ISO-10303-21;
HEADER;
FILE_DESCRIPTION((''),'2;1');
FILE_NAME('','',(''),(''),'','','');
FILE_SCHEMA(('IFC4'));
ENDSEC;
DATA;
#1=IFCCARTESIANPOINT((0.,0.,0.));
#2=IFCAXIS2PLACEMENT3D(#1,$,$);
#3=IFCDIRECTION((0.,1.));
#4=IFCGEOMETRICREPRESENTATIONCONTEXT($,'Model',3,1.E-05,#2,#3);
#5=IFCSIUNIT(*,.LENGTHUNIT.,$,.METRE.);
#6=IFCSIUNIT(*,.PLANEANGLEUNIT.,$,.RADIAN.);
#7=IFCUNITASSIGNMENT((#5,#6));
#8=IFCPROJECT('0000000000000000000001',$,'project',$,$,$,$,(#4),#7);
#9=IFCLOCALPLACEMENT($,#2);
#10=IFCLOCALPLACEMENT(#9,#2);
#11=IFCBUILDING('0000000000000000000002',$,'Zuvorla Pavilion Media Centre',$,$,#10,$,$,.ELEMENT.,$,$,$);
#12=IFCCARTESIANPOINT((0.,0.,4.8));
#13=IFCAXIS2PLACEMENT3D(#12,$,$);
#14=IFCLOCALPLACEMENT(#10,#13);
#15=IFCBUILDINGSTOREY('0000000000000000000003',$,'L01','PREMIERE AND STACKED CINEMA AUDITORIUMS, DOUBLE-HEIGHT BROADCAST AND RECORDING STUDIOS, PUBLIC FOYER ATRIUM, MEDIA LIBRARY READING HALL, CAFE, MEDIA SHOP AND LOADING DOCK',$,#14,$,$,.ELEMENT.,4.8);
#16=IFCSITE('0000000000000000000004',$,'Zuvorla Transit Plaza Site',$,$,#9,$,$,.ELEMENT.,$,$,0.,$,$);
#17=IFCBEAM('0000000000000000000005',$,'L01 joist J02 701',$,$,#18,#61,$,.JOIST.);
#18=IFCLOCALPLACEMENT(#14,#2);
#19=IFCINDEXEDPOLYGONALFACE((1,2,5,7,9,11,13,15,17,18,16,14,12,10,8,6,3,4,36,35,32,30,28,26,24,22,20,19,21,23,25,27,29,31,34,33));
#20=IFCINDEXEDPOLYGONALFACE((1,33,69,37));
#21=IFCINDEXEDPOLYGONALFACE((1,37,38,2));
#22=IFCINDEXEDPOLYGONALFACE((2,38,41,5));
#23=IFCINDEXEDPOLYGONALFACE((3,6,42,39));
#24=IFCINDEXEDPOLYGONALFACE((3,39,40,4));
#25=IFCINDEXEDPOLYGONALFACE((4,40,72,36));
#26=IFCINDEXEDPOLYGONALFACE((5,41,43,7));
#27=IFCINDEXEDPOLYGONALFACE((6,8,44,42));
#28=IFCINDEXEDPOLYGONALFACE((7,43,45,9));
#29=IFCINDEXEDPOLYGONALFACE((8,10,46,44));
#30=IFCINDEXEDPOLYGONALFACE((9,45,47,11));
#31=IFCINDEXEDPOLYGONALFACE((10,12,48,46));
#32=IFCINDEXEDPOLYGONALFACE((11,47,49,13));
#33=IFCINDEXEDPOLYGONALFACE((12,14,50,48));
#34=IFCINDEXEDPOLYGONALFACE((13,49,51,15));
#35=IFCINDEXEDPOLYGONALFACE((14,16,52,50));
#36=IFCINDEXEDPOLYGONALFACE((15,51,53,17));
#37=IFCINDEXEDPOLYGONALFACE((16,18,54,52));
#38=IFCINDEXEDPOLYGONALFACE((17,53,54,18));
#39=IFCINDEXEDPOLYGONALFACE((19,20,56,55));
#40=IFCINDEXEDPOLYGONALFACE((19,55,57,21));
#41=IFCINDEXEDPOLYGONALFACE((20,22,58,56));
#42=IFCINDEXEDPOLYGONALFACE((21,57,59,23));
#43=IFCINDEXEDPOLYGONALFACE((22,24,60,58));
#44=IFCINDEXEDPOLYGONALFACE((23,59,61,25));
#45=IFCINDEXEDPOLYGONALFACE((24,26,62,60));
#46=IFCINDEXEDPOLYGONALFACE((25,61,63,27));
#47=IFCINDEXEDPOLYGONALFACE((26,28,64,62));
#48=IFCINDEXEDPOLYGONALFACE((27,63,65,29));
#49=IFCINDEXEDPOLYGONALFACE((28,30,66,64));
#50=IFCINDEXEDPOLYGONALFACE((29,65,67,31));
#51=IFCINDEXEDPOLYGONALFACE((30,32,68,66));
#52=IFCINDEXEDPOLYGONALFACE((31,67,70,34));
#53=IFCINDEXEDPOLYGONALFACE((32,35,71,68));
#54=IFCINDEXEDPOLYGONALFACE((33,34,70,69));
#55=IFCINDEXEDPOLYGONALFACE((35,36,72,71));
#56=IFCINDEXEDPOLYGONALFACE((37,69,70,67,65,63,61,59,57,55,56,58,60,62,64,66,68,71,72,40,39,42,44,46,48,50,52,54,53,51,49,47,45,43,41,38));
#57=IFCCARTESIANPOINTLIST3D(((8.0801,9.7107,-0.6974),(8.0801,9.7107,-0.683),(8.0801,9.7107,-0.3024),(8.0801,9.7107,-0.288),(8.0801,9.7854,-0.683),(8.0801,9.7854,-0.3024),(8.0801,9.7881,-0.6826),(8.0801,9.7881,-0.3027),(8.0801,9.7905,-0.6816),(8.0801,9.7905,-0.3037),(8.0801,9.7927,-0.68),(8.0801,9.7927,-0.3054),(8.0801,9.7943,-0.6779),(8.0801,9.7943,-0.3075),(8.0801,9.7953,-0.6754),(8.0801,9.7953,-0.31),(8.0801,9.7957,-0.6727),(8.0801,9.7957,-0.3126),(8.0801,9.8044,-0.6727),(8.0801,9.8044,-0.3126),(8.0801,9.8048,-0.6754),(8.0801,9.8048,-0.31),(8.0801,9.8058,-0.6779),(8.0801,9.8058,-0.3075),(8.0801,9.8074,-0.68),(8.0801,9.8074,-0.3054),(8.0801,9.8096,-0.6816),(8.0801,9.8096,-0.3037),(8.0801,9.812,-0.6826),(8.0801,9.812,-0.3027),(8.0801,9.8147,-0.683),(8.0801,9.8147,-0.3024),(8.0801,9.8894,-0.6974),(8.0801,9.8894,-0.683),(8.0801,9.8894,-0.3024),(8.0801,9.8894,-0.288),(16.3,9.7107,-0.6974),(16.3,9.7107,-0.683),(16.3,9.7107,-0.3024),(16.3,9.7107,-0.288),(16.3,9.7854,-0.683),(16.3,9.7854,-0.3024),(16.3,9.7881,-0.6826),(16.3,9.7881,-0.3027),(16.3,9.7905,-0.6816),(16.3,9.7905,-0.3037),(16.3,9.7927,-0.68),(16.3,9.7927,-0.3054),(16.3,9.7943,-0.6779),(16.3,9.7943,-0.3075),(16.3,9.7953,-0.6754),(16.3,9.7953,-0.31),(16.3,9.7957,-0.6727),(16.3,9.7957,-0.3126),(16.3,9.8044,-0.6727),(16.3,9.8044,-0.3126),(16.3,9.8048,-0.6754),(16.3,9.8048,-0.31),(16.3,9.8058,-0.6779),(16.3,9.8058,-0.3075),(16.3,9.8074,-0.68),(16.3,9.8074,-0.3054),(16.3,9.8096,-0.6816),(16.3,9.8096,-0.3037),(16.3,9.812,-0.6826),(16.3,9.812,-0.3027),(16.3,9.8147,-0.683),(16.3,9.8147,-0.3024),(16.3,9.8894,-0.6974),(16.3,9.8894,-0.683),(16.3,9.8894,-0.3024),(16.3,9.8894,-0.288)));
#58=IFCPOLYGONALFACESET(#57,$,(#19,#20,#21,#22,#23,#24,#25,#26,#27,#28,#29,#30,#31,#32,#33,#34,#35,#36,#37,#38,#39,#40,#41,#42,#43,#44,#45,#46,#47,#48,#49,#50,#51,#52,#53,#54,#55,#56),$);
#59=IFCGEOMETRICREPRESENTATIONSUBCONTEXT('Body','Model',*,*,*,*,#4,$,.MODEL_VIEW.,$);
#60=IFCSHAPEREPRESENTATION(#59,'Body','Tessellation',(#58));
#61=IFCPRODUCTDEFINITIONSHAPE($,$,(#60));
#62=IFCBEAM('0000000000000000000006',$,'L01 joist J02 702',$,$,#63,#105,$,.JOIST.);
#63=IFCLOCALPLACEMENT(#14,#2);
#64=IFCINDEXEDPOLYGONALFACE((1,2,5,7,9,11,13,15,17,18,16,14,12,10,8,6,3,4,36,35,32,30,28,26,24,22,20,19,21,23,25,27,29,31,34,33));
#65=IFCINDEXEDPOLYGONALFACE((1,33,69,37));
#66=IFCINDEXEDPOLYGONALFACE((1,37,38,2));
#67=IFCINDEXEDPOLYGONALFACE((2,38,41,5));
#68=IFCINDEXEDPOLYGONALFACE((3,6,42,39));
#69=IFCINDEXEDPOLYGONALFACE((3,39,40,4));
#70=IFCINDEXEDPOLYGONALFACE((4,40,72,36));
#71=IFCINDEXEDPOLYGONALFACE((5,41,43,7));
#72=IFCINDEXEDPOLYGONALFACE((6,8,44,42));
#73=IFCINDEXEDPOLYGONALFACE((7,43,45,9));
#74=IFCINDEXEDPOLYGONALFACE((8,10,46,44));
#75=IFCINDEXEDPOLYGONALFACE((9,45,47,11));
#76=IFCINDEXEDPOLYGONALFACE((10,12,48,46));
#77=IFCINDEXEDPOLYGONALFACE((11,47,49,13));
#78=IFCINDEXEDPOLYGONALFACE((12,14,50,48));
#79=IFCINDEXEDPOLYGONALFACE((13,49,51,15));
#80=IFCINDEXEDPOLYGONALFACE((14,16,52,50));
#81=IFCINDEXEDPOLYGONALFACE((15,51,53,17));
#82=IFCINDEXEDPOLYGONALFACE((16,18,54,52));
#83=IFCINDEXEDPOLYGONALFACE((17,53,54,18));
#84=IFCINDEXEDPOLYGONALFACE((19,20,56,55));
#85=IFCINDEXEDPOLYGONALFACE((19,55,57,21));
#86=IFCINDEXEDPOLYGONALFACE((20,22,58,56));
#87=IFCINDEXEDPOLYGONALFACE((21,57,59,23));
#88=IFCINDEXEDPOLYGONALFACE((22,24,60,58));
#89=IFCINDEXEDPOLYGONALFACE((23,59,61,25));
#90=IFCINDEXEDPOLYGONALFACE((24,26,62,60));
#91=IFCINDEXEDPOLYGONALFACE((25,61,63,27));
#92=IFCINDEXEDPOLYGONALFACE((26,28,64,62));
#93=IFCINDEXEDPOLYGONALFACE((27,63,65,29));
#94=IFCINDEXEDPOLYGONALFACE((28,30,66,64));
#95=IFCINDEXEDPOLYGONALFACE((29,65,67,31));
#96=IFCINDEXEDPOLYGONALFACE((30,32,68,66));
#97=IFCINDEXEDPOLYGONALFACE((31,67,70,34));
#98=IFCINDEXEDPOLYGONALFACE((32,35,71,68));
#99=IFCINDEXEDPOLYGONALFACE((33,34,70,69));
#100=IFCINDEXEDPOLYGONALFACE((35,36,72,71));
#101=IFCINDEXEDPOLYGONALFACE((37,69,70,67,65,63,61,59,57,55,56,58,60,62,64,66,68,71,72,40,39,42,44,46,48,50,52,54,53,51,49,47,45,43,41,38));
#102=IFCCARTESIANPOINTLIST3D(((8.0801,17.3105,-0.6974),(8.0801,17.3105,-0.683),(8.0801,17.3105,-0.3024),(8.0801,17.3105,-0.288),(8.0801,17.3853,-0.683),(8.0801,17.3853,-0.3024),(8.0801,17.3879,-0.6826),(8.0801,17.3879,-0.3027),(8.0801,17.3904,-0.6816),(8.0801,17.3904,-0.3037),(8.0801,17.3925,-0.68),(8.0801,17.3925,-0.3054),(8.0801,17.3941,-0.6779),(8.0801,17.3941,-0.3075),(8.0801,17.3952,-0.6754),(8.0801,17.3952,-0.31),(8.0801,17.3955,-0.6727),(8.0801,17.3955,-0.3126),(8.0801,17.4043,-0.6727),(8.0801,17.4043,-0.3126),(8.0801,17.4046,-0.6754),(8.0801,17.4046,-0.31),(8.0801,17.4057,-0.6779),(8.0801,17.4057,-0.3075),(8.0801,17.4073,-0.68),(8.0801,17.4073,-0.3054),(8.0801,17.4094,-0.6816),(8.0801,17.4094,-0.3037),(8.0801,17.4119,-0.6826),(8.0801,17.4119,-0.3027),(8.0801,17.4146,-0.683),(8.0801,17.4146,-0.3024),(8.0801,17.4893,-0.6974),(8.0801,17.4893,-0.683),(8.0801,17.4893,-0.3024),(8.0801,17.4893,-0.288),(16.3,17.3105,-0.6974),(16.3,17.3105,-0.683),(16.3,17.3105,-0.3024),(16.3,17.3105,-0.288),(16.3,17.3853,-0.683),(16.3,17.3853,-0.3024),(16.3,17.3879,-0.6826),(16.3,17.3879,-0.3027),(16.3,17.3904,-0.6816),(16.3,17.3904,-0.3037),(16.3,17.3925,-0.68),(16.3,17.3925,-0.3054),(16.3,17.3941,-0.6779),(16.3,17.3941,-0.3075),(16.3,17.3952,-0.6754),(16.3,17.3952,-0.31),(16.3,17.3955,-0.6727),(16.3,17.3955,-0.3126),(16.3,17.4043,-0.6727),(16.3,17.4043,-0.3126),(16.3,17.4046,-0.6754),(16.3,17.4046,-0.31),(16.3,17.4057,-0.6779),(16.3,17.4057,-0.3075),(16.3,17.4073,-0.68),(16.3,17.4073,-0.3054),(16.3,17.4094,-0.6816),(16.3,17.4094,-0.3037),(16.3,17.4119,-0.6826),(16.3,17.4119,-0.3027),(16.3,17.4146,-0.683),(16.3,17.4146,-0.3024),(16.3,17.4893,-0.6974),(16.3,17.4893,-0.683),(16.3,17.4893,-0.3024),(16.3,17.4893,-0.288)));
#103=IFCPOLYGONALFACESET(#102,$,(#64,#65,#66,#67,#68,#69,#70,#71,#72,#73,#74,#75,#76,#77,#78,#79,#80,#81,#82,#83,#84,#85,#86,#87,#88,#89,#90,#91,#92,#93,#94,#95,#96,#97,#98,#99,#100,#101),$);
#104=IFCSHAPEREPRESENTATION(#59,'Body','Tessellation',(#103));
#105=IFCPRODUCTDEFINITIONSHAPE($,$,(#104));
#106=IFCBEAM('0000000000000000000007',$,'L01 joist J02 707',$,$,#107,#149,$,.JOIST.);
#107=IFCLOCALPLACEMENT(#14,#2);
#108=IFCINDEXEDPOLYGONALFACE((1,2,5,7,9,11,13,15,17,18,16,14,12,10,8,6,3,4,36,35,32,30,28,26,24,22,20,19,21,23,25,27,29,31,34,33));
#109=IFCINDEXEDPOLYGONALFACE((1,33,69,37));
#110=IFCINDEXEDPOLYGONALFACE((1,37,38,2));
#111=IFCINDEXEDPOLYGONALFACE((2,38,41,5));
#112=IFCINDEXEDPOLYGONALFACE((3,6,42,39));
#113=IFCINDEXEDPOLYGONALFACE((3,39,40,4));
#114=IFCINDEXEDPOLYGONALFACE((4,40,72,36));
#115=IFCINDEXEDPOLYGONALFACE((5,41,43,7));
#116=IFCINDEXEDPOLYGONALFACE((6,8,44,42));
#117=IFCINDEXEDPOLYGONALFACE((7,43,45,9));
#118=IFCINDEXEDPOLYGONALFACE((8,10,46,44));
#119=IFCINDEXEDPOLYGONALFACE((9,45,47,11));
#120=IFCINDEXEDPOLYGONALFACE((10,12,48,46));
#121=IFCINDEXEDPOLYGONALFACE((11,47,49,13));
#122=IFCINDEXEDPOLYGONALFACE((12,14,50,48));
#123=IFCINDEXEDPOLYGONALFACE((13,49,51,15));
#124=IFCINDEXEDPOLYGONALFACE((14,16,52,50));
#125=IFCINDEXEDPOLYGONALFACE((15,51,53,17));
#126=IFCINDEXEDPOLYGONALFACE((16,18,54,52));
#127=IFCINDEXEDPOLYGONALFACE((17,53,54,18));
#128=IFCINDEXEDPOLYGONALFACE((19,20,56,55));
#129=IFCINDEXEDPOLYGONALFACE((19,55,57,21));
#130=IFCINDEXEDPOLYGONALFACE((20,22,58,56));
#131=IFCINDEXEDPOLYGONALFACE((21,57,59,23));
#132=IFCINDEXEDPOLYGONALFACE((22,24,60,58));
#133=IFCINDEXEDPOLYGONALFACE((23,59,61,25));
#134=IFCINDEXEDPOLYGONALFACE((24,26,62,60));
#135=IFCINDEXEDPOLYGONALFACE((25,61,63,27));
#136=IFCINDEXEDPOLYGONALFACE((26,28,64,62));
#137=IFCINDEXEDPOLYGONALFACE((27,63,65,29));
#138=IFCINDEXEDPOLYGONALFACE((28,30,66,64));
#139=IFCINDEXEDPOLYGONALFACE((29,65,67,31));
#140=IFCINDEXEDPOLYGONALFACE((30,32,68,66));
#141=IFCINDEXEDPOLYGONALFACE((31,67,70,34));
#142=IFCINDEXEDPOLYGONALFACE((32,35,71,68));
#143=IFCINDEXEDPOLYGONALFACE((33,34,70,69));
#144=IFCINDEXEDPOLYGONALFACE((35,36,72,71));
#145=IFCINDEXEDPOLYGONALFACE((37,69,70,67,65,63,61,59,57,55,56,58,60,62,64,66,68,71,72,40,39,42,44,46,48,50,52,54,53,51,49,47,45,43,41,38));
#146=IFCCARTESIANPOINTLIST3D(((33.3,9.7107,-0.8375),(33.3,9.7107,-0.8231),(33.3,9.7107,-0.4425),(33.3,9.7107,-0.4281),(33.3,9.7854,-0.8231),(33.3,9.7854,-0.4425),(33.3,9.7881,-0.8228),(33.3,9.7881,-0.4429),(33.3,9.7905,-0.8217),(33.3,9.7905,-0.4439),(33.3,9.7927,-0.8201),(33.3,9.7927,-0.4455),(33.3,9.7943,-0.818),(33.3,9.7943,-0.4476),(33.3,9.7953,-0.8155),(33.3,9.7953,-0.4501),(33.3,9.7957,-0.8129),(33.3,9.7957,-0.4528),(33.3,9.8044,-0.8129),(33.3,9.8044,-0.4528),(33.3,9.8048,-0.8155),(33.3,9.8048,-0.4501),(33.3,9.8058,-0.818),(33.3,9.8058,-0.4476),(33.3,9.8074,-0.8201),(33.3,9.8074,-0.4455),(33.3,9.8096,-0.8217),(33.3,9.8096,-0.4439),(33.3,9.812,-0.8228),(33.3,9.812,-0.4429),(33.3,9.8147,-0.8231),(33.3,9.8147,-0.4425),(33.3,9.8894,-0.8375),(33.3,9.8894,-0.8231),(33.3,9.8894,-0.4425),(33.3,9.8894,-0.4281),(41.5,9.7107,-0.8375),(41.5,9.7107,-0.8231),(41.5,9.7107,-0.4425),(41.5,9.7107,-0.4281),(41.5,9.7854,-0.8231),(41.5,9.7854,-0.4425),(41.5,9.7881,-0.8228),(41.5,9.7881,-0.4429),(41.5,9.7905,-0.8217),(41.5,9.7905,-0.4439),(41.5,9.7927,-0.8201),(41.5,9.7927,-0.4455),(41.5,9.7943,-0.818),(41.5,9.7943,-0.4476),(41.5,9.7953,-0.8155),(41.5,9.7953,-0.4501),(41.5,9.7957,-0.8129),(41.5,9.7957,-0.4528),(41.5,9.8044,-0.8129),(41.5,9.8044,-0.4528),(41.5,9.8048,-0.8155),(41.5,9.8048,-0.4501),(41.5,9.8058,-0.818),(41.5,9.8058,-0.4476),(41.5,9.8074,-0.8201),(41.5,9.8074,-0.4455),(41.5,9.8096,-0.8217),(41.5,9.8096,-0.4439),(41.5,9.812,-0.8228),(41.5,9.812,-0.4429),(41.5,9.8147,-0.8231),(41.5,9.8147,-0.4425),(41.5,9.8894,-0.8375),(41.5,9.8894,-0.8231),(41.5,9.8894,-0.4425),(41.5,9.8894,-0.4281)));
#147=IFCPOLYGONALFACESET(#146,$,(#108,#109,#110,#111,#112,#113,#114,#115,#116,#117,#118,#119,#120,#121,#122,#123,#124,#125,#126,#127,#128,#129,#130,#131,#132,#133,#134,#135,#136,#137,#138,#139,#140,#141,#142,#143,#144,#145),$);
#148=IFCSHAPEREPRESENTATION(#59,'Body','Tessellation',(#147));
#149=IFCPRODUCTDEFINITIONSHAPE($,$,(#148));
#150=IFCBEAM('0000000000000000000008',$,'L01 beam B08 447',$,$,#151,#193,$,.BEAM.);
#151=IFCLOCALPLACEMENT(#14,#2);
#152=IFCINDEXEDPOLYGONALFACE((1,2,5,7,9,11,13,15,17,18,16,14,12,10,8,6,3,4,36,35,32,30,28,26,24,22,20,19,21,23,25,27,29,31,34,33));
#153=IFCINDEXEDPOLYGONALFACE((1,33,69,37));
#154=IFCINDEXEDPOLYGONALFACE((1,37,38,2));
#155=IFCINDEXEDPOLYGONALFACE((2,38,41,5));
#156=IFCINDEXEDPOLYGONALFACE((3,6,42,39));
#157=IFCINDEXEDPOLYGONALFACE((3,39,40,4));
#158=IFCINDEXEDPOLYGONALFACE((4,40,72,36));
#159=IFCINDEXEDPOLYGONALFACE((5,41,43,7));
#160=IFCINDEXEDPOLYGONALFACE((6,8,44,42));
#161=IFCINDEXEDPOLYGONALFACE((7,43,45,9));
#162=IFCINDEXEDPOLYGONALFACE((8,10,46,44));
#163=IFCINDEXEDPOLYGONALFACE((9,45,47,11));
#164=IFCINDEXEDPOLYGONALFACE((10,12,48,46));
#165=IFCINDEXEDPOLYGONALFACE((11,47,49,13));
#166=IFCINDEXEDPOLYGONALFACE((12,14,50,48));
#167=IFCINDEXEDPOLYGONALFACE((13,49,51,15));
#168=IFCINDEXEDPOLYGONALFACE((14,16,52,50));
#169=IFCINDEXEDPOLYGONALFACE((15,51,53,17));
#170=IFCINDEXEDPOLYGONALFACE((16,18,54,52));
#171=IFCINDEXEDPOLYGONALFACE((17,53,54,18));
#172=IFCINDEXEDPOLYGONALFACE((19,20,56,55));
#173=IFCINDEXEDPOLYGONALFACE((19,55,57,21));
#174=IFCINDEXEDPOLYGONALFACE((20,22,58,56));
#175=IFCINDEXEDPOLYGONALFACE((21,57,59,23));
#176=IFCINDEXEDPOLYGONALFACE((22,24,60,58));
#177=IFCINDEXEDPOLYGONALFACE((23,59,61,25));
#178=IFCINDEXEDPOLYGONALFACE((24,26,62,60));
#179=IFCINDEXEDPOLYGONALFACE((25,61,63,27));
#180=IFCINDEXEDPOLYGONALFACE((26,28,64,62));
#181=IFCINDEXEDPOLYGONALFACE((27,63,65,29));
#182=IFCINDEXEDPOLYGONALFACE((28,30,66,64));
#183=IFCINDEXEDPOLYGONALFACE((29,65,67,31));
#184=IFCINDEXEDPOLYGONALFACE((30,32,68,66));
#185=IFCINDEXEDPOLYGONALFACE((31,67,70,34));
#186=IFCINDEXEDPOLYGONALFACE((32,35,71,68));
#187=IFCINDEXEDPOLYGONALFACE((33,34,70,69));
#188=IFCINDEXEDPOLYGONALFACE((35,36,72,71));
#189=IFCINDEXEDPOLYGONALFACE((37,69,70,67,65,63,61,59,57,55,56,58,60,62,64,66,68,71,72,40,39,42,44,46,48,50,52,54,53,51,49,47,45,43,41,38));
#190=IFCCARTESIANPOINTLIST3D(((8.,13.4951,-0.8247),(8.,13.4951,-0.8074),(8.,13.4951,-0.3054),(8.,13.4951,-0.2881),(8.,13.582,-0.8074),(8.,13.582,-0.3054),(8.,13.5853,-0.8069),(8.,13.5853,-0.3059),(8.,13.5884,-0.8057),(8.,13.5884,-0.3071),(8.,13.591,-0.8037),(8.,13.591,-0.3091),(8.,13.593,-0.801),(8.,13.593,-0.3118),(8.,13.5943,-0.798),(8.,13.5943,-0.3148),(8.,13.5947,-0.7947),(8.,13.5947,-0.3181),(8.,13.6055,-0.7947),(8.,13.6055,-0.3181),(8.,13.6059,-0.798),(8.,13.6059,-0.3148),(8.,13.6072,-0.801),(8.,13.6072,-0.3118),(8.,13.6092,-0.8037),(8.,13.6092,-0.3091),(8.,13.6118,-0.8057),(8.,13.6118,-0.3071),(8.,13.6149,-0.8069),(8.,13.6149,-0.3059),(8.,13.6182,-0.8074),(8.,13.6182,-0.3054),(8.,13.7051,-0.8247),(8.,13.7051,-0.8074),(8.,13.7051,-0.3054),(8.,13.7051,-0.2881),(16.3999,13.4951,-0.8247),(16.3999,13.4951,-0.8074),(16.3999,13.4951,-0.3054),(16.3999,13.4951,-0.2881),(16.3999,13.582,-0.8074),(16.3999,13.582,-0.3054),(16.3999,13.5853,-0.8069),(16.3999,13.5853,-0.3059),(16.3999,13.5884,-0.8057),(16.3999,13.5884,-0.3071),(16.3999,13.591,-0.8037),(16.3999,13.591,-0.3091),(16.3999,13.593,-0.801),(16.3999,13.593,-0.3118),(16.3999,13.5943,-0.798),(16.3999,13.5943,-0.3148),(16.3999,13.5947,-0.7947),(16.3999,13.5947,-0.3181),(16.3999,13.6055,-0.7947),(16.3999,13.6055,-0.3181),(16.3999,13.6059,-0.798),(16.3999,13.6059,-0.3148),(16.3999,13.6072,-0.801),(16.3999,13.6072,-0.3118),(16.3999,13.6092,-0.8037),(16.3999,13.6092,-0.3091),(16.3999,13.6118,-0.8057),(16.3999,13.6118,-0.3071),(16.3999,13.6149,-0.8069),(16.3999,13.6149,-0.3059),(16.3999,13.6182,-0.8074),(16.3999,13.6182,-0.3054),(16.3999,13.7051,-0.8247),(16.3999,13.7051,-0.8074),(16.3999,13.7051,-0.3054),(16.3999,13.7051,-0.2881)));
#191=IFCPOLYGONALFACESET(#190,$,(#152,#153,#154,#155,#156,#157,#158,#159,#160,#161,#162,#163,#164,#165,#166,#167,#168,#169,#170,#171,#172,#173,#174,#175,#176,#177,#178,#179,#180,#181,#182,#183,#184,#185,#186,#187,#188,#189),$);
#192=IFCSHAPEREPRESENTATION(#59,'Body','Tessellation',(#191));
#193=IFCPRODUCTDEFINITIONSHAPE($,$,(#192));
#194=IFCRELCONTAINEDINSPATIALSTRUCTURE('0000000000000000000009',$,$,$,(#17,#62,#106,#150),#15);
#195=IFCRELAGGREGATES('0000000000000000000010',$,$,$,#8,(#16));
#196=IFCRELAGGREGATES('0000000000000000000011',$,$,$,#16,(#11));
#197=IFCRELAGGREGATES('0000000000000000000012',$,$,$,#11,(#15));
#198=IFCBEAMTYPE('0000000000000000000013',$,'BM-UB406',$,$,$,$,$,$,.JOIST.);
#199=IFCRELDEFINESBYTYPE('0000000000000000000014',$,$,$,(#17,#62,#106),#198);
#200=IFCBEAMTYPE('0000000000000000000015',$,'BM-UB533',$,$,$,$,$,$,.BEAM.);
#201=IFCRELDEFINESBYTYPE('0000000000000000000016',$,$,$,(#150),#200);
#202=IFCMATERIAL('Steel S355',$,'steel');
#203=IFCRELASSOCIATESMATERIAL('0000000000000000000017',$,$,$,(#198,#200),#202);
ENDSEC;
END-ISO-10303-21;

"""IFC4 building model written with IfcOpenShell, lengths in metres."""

from ifc_helpers import new_model, si_unit, direction, frame, origin, origin_2d, place, context, subcontext, project, spatial, i_section, extrude, material, material_profile, profile_set, type_object, element, save


model = new_model("IFC4")

# Units and contexts
model_context = context("Model", 3, precision=1e-05, world=origin(), true_north=direction((0.0, 1.0)))
body_context = subcontext(model_context, "Body", "Model", "MODEL_VIEW")
ifc_project = project(units=[si_unit("LENGTHUNIT", "METRE"), si_unit("PLANEANGLEUNIT", "RADIAN")], contexts=[model_context])

# Site, building, storey
site_placement = place(None, origin())
site = spatial("IfcSite", under=ifc_project, at=site_placement, Name="Zuvorla Transit Plaza Site", CompositionType="ELEMENT", RefElevation=0.0)
building_placement = place(site_placement, origin())
building = spatial("IfcBuilding", under=site, at=building_placement, Name="Zuvorla Pavilion Media Centre", CompositionType="ELEMENT")
storey_placement = place(building_placement, frame((0.0, 0.0, 4.8)))
storey = spatial("IfcBuildingStorey", under=building, at=storey_placement, Name="L01", Description="PREMIERE AND STACKED CINEMA AUDITORIUMS, DOUBLE-HEIGHT BROADCAST AND RECORDING STUDIOS, PUBLIC FOYER ATRIUM, MEDIA LIBRARY READING HALL, CAFE, MEDIA SHOP AND LOADING DOCK", CompositionType="ELEMENT", Elevation=4.8)

# Beams
ifc_material_1 = material(Name="Steel S355", Category="steel")
ifc_material_profile_1 = material_profile(ifc_material_1, i_section(OverallWidth=0.1787, OverallDepth=0.4094, WebThickness=0.0088, FlangeThickness=0.0144, FilletRadius=0.0103, at=origin_2d()), Name="UB 406x178x67")
ifc_profile_set_1 = profile_set([ifc_material_profile_1], Name="Steel S355")
beam_type_1 = type_object("IfcBeamType", Name="BM-UB406", PredefinedType="JOIST", material=ifc_profile_set_1)
for number, where, z_axis, x_axis, name in (
    (1, (8.0801, 9.8, -0.4927), (1.0, 0.0, 0.0), (0.0, 1.0, 0.0), "L01 joist J02 701"),
    (2, (8.0801, 17.3999, -0.4927), (1.0, 0.0, 0.0), (0.0, 1.0, 0.0), "L01 joist J02 702"),
):
    element("IfcBeam", number, at=place(storey_placement, frame(where, z_axis=z_axis, x_axis=x_axis)), inside=storey, type_object=beam_type_1, Name=name, PredefinedType="JOIST", context=body_context, shape_type="SweptSolid", body=[
        extrude(i_section(OverallWidth=0.1787, OverallDepth=0.4094, WebThickness=0.0088, FlangeThickness=0.0144, FilletRadius=0.0103, at=origin_2d()), origin(), (0.0, 0.0, 1.0), 8.22),
    ])
beam_1_placement = place(storey_placement, frame((33.3, 9.8, -0.6328), z_axis=(1.0, 0.0, 0.0), x_axis=(0.0, 1.0, 0.0)))
element("IfcBeam", 3, at=beam_1_placement, inside=storey, type_object=beam_type_1, Name="L01 joist J02 707", PredefinedType="JOIST", context=body_context, shape_type="SweptSolid", body=[
    extrude(i_section(OverallWidth=0.1787, OverallDepth=0.4094, WebThickness=0.0088, FlangeThickness=0.0144, FilletRadius=0.0103, at=origin_2d()), origin(), (0.0, 0.0, 1.0), 8.2),
])
ifc_material_profile_2 = material_profile(ifc_material_1, i_section(OverallWidth=0.21, OverallDepth=0.5366, WebThickness=0.0107, FlangeThickness=0.0173, FilletRadius=0.0127, at=origin_2d()), Name="UB 533x210x101")
ifc_profile_set_2 = profile_set([ifc_material_profile_2], Name="Steel S355")
beam_type_2 = type_object("IfcBeamType", Name="BM-UB533", PredefinedType="BEAM", material=ifc_profile_set_2)
beam_2_placement = place(storey_placement, frame((8.0, 13.6001, -0.5564), z_axis=(1.0, 0.0, 0.0), x_axis=(0.0, 1.0, 0.0)))
element("IfcBeam", 4, at=beam_2_placement, inside=storey, type_object=beam_type_2, Name="L01 beam B08 447", PredefinedType="BEAM", context=body_context, shape_type="SweptSolid", body=[
    extrude(i_section(OverallWidth=0.21, OverallDepth=0.5366, WebThickness=0.0107, FlangeThickness=0.0173, FilletRadius=0.0127, at=origin_2d()), origin(), (0.0, 0.0, 1.0), 8.3999),
])

save(model, "model.ifc")
